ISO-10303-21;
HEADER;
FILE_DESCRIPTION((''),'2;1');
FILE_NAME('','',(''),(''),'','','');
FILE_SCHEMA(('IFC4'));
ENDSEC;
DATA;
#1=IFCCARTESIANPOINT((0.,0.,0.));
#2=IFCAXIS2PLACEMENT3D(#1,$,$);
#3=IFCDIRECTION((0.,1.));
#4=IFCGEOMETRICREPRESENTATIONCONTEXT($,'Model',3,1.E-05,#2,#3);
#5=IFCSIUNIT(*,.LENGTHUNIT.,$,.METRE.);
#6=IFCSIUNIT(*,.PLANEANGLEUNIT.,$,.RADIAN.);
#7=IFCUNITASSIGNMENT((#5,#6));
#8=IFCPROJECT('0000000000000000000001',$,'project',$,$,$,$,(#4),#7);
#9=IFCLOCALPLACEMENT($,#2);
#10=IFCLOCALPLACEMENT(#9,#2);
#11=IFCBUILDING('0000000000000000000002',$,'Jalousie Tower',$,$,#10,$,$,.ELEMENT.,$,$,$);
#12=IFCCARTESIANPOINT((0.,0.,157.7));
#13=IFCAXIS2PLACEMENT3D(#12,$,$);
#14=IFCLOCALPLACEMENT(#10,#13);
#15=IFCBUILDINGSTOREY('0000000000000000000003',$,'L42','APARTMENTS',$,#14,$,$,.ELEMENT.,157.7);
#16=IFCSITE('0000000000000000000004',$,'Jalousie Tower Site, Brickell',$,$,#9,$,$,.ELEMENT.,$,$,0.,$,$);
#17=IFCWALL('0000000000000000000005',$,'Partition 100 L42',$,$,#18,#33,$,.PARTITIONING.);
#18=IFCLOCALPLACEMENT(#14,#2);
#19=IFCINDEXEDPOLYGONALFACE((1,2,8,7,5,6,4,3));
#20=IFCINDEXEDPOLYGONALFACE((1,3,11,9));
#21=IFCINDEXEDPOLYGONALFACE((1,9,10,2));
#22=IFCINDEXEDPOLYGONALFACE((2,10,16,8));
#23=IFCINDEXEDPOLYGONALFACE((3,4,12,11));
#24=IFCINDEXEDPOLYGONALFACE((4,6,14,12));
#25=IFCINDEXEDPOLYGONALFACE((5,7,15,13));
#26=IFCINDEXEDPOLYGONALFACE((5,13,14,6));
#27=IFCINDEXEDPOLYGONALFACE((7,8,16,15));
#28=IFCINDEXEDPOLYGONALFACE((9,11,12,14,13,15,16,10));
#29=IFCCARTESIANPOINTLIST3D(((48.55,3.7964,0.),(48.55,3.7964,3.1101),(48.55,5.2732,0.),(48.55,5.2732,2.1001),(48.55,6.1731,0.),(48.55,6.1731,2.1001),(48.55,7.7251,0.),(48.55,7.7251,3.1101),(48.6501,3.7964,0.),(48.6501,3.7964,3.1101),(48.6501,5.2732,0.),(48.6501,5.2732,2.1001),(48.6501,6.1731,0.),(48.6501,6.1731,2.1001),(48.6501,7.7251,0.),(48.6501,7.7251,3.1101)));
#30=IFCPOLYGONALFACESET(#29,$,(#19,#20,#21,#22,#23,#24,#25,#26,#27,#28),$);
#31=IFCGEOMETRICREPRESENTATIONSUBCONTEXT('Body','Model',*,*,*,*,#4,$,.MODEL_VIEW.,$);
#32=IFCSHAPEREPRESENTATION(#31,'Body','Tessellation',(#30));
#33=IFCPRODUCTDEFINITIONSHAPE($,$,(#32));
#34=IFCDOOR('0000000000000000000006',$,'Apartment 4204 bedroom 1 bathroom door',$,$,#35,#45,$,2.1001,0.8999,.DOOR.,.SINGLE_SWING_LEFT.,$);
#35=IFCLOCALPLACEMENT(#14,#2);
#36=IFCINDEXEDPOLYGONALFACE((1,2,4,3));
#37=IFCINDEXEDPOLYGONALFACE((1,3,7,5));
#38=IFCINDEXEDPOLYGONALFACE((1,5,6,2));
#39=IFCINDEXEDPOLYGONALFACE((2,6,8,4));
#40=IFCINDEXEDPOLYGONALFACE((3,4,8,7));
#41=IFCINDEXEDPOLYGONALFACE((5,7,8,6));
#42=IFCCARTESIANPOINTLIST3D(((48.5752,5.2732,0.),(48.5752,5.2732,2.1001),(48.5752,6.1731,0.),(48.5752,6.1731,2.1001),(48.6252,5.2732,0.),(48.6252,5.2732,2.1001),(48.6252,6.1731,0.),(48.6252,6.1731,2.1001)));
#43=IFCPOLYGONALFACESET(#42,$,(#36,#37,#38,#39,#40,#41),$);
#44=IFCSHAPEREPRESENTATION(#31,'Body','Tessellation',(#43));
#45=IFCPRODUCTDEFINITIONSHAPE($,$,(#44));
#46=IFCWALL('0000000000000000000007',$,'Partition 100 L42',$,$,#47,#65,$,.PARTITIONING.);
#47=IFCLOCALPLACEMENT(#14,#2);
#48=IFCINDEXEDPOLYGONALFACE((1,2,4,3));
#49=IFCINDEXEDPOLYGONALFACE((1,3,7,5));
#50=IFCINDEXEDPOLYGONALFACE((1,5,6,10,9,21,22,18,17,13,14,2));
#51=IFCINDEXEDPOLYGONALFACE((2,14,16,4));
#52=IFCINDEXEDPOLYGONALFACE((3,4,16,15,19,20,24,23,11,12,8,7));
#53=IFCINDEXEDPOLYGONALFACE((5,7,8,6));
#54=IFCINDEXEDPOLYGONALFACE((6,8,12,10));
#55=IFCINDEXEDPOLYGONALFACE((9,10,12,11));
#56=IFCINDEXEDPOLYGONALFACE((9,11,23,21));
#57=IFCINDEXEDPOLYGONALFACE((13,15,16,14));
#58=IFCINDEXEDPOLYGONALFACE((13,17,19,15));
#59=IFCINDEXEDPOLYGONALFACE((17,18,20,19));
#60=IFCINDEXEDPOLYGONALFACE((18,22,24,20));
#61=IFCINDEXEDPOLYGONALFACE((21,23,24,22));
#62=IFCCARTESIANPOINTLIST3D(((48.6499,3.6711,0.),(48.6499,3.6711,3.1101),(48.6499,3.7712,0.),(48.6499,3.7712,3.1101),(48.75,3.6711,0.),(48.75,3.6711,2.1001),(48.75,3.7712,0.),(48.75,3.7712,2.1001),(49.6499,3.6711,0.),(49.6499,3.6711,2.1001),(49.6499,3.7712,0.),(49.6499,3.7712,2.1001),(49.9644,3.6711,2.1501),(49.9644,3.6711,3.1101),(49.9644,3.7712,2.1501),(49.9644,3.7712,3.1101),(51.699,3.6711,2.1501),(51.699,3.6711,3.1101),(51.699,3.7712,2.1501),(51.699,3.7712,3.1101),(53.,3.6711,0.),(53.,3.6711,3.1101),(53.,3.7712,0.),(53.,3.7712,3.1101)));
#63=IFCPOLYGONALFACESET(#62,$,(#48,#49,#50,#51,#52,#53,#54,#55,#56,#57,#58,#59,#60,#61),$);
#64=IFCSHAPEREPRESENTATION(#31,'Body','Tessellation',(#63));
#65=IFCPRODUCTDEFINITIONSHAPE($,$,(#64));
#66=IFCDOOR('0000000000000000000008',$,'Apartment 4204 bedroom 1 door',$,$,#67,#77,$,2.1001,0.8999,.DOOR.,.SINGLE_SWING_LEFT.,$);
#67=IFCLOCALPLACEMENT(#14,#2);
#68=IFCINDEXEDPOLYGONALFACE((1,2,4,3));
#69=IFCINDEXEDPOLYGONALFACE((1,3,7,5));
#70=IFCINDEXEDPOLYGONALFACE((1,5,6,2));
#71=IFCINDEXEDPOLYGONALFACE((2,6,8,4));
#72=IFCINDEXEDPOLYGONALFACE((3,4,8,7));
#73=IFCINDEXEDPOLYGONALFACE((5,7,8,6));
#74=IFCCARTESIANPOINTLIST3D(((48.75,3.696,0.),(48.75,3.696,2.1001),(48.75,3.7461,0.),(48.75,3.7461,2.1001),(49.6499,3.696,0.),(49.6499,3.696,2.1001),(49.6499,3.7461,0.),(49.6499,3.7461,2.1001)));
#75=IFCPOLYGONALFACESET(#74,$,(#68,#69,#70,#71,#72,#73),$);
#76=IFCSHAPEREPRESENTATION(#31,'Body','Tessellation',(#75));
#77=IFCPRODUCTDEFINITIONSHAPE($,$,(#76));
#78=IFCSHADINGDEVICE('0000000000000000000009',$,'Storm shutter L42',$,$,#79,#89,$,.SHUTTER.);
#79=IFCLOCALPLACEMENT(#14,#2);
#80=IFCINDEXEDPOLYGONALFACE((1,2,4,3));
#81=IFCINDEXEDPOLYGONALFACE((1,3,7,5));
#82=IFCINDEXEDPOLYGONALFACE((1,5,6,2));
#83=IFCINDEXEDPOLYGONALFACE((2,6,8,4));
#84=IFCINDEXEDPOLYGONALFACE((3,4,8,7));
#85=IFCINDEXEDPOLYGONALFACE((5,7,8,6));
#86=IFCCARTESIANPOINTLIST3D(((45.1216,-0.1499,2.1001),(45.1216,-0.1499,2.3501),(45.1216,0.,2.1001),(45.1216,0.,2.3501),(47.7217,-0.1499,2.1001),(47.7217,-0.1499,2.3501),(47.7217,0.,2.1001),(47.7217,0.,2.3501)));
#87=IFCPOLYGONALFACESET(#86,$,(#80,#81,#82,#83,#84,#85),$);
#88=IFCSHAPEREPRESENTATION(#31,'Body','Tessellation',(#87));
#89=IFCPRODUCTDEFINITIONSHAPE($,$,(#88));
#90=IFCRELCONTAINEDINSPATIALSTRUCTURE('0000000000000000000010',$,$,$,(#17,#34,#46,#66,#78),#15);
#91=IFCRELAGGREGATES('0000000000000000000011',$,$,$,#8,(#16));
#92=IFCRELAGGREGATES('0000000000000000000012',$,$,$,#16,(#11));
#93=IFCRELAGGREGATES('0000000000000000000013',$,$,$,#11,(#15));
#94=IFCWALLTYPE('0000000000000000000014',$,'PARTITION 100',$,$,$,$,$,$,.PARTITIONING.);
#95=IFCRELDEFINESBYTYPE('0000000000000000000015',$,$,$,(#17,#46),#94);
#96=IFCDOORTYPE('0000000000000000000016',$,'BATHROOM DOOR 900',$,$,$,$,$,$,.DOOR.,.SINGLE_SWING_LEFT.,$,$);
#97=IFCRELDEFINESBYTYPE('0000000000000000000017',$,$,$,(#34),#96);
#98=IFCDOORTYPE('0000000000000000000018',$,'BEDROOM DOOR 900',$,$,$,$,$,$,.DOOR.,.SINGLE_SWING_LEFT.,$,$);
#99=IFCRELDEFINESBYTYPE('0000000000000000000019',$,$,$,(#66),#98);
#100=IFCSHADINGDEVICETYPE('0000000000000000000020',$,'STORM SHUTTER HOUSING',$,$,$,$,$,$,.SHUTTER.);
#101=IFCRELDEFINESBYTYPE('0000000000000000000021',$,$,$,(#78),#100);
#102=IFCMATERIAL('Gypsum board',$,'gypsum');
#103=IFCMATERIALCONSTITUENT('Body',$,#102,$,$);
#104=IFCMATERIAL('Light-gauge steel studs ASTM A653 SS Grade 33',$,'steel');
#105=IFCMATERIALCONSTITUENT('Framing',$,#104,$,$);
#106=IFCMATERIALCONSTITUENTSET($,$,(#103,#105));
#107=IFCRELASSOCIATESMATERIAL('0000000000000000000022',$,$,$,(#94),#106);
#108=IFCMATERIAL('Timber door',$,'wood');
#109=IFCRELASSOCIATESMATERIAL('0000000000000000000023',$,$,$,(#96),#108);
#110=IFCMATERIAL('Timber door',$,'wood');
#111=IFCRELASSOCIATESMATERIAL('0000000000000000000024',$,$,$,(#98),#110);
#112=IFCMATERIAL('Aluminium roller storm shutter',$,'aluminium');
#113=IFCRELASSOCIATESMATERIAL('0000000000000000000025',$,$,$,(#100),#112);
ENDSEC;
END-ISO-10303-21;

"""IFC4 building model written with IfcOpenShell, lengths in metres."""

from ifc_helpers import new_model, si_unit, direction, frame, frame_2d, origin, origin_2d, place, context, subcontext, project, spatial, polyline, rectangle, outline, extrude, material, constituent, constituent_set, type_object, element, fill, save


model = new_model("IFC4")

# Units and contexts
model_context = context("Model", 3, precision=1e-05, world=origin(), true_north=direction((0.0, 1.0)))
body_context = subcontext(model_context, "Body", "Model", "MODEL_VIEW")
ifc_project = project(units=[si_unit("LENGTHUNIT", "METRE"), si_unit("PLANEANGLEUNIT", "RADIAN")], contexts=[model_context])

# Site, building, storey
site_placement = place(None, origin())
site = spatial("IfcSite", under=ifc_project, at=site_placement, Name="Jalousie Tower Site, Brickell", CompositionType="ELEMENT", RefElevation=0.0)
building_placement = place(site_placement, origin())
building = spatial("IfcBuilding", under=site, at=building_placement, Name="Jalousie Tower", CompositionType="ELEMENT")
storey_placement = place(building_placement, frame((0.0, 0.0, 157.7)))
storey = spatial("IfcBuildingStorey", under=building, at=storey_placement, Name="L42", Description="APARTMENTS", CompositionType="ELEMENT", Elevation=157.7)

# Walls, openings, doors
ifc_material_1 = material(Name="Gypsum board", Category="gypsum")
ifc_constituent_1 = constituent(ifc_material_1, Name="Body")
ifc_material_2 = material(Name="Light-gauge steel studs ASTM A653 SS Grade 33", Category="steel")
ifc_constituent_2 = constituent(ifc_material_2, Name="Framing")
ifc_constituent_set_1 = constituent_set(constituents=[ifc_constituent_1, ifc_constituent_2])
wall_type_1 = type_object("IfcWallType", Name="PARTITION 100", PredefinedType="PARTITIONING", material=ifc_constituent_set_1)
wall_1_placement = place(storey_placement, frame((48.6001, 3.7964, 0.0), z_axis=(0.0, 0.0, 1.0), x_axis=(0.0, 1.0, 0.0)))
wall_1 = element("IfcWall", 1, at=wall_1_placement, inside=storey, type_object=wall_type_1, Name="Partition 100 L42", PredefinedType="PARTITIONING", context=body_context, shape_type="SweptSolid", body=[
    extrude(rectangle(XDim=3.9287, YDim=0.1001, at=frame_2d((1.9644, 0.0))), origin(), (0.0, 0.0, 1.0), 3.1101),
])
opening_1_placement = place(wall_1_placement, frame((1.4768, 0.0, 0.0)))
opening_1 = element("IfcOpeningElement", 2, at=opening_1_placement, cuts=wall_1, PredefinedType="OPENING", context=body_context, shape_type="SweptSolid", body=[
    extrude(rectangle(XDim=0.8999, YDim=2.1001, at=frame_2d((0.45, 1.05))), frame((0.0, 0.0601, 0.0), z_axis=(0.0, -1.0, 0.0), x_axis=(1.0, 0.0, 0.0)), (0.0, 0.0, 1.0), 0.1201),
])
ifc_material_3 = material(Name="Timber door", Category="wood")
door_type_1 = type_object("IfcDoorType", Name="BATHROOM DOOR 900", OperationType="SINGLE_SWING_LEFT", PredefinedType="DOOR", material=ifc_material_3)
door_1_placement = place(opening_1_placement, origin())
door_1 = element("IfcDoor", 3, at=door_1_placement, inside=storey, type_object=door_type_1, Name="Apartment 4204 bedroom 1 bathroom door", OperationType="SINGLE_SWING_LEFT", OverallHeight=2.1001, OverallWidth=0.8999, PredefinedType="DOOR", context=body_context, shape_type="SweptSolid", body=[
    extrude(rectangle(XDim=0.8999, YDim=2.1001, at=frame_2d((0.45, 1.05))), frame((0.0, 0.0249, 0.0), z_axis=(0.0, -1.0, 0.0), x_axis=(1.0, 0.0, 0.0)), (0.0, 0.0, 1.0), 0.05),
])
fill(opening_1, door_1)
wall_2_placement = place(storey_placement, frame((48.6499, 3.7212, 0.0), z_axis=(0.0, 0.0, 1.0), x_axis=(1.0, 0.0, 0.0)))
wall_2 = element("IfcWall", 4, at=wall_2_placement, inside=storey, type_object=wall_type_1, Name="Partition 100 L42", PredefinedType="PARTITIONING", context=body_context, shape_type="SweptSolid", body=[
    extrude(outline(polyline([(0.0, 0.0), (4.3501, 0.0), (4.3501, 3.1101), (3.0491, 3.1101), (3.0491, 2.1501), (1.3145, 2.1501), (1.3145, 3.1101), (0.0, 3.1101), (0.0, 0.0)])), frame((0.0, 0.05, 0.0), z_axis=(0.0, -1.0, 0.0), x_axis=(1.0, 0.0, 0.0)), (0.0, 0.0, 1.0), 0.1001),
])
opening_2_placement = place(wall_2_placement, frame((0.1001, 0.0, 0.0)))
opening_2 = element("IfcOpeningElement", 5, at=opening_2_placement, cuts=wall_2, PredefinedType="OPENING", context=body_context, shape_type="SweptSolid", body=[
    extrude(rectangle(XDim=0.8999, YDim=2.1001, at=frame_2d((0.45, 1.05))), frame((0.0, 0.0601, 0.0), z_axis=(0.0, -1.0, 0.0), x_axis=(1.0, 0.0, 0.0)), (0.0, 0.0, 1.0), 0.1201),
])
ifc_material_4 = material(Name="Timber door", Category="wood")
door_type_2 = type_object("IfcDoorType", Name="BEDROOM DOOR 900", OperationType="SINGLE_SWING_LEFT", PredefinedType="DOOR", material=ifc_material_4)
door_2_placement = place(opening_2_placement, origin())
door_2 = element("IfcDoor", 6, at=door_2_placement, inside=storey, type_object=door_type_2, Name="Apartment 4204 bedroom 1 door", OperationType="SINGLE_SWING_LEFT", OverallHeight=2.1001, OverallWidth=0.8999, PredefinedType="DOOR", context=body_context, shape_type="SweptSolid", body=[
    extrude(rectangle(XDim=0.8999, YDim=2.1001, at=frame_2d((0.45, 1.05))), frame((0.0, 0.0249, 0.0), z_axis=(0.0, -1.0, 0.0), x_axis=(1.0, 0.0, 0.0)), (0.0, 0.0, 1.0), 0.05),
])
fill(opening_2, door_2)

# Shading device
ifc_material_5 = material(Name="Aluminium roller storm shutter", Category="aluminium")
shading_device_type = type_object("IfcShadingDeviceType", Name="STORM SHUTTER HOUSING", PredefinedType="SHUTTER", material=ifc_material_5)
shading_device_placement = place(storey_placement, frame((46.4216, -0.075, 2.1001), z_axis=(0.0, 0.0, 1.0), x_axis=(1.0, 0.0, 0.0)))
element("IfcShadingDevice", 7, at=shading_device_placement, inside=storey, type_object=shading_device_type, Name="Storm shutter L42", PredefinedType="SHUTTER", context=body_context, shape_type="SweptSolid", body=[
    extrude(rectangle(XDim=2.6001, YDim=0.1499, at=origin_2d()), origin(), (0.0, 0.0, 1.0), 0.25),
])

save(model, "model.ifc")
